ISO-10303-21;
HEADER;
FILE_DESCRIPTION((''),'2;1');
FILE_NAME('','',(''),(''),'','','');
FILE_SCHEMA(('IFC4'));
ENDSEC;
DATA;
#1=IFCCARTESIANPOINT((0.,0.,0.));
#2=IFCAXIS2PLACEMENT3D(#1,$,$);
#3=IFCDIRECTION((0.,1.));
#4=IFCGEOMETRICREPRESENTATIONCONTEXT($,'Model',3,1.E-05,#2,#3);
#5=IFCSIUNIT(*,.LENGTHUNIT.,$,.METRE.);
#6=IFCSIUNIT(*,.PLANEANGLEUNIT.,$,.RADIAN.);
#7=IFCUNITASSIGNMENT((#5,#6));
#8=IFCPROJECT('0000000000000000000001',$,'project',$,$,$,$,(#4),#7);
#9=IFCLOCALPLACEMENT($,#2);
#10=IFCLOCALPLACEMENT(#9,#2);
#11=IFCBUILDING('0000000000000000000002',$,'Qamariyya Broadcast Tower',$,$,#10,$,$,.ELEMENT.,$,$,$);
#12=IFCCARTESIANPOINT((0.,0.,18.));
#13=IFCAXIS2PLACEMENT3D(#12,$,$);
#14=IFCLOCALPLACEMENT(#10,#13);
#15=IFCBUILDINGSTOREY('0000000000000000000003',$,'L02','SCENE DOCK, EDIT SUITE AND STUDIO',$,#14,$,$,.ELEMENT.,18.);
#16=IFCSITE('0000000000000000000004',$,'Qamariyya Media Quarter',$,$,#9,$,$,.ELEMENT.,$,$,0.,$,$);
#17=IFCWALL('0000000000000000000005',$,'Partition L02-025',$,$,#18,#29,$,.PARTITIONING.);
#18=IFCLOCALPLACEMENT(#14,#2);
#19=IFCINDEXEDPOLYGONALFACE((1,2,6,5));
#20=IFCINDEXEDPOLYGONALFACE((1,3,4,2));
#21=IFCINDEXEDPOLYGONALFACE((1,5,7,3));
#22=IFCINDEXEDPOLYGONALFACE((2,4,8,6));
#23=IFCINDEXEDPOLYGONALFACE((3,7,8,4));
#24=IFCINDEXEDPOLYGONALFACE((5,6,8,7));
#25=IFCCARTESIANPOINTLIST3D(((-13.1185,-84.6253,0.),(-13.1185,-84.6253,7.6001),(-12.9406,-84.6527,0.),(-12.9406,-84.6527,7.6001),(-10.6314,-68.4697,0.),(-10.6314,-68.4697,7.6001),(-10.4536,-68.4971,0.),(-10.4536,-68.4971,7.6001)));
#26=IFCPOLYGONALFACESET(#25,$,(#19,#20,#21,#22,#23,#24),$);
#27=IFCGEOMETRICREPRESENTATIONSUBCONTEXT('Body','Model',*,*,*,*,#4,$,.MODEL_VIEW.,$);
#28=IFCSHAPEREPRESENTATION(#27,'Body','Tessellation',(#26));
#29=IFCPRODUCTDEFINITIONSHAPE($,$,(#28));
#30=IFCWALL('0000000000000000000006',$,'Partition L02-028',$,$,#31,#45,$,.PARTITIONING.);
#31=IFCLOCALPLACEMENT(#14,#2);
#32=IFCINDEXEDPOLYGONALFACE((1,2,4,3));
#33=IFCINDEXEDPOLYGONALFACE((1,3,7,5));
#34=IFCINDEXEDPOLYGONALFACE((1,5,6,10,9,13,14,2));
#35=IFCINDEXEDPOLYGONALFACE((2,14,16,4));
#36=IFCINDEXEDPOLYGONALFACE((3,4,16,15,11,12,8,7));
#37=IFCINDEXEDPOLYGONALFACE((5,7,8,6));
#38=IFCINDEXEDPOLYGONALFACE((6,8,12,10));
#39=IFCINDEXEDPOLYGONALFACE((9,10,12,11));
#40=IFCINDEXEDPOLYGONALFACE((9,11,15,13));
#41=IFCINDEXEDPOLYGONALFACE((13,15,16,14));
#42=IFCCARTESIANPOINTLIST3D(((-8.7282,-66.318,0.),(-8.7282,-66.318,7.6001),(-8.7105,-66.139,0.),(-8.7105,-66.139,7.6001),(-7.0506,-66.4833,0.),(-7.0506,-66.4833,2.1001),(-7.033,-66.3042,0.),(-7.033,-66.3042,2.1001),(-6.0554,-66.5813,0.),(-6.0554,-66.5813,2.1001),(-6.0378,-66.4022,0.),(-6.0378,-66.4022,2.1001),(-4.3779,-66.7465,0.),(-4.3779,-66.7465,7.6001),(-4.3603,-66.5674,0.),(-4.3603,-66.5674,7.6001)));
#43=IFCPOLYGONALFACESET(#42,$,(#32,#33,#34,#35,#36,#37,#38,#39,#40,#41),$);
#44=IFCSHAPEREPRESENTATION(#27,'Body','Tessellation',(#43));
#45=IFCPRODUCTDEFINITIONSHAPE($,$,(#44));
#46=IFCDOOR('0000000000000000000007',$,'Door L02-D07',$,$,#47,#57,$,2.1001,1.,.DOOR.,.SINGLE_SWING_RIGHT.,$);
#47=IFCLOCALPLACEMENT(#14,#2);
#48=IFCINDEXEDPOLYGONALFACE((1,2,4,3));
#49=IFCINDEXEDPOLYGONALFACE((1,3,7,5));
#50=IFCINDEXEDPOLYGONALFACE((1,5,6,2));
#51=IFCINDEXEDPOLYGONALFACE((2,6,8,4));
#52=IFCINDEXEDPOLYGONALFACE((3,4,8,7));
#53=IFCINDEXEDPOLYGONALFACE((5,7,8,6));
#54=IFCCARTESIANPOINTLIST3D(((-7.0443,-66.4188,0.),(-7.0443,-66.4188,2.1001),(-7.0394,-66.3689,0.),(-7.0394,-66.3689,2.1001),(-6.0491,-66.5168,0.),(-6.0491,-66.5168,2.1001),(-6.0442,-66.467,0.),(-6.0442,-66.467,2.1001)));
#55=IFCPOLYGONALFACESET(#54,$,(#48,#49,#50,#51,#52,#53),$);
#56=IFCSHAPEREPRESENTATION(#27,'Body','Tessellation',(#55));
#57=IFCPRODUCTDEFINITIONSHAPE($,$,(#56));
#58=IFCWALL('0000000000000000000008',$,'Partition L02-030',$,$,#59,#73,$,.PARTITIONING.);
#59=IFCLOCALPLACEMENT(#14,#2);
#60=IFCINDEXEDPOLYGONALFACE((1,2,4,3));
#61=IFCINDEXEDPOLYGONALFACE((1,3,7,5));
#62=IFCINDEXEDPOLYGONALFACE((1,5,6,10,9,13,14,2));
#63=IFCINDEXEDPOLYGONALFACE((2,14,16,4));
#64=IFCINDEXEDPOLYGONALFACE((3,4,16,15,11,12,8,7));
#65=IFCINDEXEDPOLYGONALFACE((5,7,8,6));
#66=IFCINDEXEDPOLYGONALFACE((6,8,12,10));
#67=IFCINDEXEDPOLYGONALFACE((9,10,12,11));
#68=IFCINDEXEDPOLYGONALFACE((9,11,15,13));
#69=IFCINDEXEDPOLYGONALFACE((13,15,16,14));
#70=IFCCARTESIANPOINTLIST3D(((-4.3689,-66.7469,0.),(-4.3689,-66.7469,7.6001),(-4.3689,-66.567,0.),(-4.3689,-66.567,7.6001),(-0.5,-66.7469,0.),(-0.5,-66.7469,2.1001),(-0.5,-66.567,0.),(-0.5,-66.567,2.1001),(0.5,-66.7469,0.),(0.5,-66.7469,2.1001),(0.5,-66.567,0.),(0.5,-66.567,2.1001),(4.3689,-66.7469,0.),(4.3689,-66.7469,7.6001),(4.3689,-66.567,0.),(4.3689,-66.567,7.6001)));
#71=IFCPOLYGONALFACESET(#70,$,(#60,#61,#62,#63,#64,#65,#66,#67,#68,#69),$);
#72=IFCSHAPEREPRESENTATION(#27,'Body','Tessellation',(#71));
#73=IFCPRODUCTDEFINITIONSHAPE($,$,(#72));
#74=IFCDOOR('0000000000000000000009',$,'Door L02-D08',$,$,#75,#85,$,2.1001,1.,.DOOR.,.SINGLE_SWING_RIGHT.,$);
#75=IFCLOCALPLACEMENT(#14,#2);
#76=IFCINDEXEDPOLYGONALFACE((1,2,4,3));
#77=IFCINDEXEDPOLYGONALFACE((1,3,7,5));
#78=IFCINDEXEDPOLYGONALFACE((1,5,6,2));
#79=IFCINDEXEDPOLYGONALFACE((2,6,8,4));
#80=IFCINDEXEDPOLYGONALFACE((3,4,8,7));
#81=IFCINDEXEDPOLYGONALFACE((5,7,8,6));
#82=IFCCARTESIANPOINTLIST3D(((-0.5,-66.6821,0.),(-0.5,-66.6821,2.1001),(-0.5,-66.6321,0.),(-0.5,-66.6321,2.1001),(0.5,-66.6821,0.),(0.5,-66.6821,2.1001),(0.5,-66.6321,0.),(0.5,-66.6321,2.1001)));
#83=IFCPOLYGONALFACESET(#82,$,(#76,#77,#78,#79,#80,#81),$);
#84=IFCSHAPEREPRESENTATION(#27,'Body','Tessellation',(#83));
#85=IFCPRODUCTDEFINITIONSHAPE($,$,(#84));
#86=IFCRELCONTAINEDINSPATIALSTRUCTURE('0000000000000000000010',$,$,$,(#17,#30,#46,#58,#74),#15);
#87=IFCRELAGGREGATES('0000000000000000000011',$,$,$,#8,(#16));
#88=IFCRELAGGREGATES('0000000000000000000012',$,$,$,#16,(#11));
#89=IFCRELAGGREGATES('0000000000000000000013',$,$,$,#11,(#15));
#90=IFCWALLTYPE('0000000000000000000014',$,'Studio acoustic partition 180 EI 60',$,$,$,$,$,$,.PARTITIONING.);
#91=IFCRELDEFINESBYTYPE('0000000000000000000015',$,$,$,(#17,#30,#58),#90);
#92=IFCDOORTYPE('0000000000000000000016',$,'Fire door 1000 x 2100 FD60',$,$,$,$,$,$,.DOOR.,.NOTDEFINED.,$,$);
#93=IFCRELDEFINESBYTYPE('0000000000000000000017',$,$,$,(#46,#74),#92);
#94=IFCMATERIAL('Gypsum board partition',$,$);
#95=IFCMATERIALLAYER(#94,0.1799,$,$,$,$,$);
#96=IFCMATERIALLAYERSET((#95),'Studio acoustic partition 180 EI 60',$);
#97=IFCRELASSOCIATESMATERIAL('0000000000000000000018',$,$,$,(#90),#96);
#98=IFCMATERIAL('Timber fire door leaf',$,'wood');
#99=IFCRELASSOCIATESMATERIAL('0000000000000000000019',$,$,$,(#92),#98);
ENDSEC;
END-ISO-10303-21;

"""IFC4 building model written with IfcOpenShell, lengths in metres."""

from ifc_helpers import new_model, si_unit, direction, frame, frame_2d, origin, place, context, subcontext, project, spatial, rectangle, extrude, material, layer, layer_set, type_object, element, fill, save


model = new_model("IFC4")

# Units and contexts
model_context = context("Model", 3, precision=1e-05, world=origin(), true_north=direction((0.0, 1.0)))
body_context = subcontext(model_context, "Body", "Model", "MODEL_VIEW")
ifc_project = project(units=[si_unit("LENGTHUNIT", "METRE"), si_unit("PLANEANGLEUNIT", "RADIAN")], contexts=[model_context])

# Site, building, storey
site_placement = place(None, origin())
site = spatial("IfcSite", under=ifc_project, at=site_placement, Name="Qamariyya Media Quarter", CompositionType="ELEMENT", RefElevation=0.0)
building_placement = place(site_placement, origin())
building = spatial("IfcBuilding", under=site, at=building_placement, Name="Qamariyya Broadcast Tower", CompositionType="ELEMENT")
storey_placement = place(building_placement, frame((0.0, 0.0, 18.0)))
storey = spatial("IfcBuildingStorey", under=building, at=storey_placement, Name="L02", Description="SCENE DOCK, EDIT SUITE AND STUDIO", CompositionType="ELEMENT", Elevation=18.0)

# Shared definitions
ifc_material_1 = material(Name="Gypsum board partition")
ifc_layer_1 = layer(ifc_material_1, 0.1799)
ifc_layer_set_1 = layer_set([ifc_layer_1], Name="Studio acoustic partition 180 EI 60")
wall_type_1 = type_object("IfcWallType", Name="Studio acoustic partition 180 EI 60", PredefinedType="PARTITIONING", material=ifc_layer_set_1)
ifc_material_2 = material(Name="Timber fire door leaf", Category="wood")
door_type_1 = type_object("IfcDoorType", Name="Fire door 1000 x 2100 FD60", OperationType="NOTDEFINED", PredefinedType="DOOR", material=ifc_material_2)

# Wall
wall_1_placement = place(storey_placement, frame((-13.0295, -84.6389, 0.0), z_axis=(0.0, 0.0, 1.0), x_axis=(0.152153, 0.988357, 0.0)))
element("IfcWall", 1, at=wall_1_placement, inside=storey, type_object=wall_type_1, Name="Partition L02-025", PredefinedType="PARTITIONING", context=body_context, shape_type="SweptSolid", body=[
    extrude(rectangle(XDim=16.3459, YDim=0.1799, at=frame_2d((8.1729, 0.0))), origin(), (0.0, 0.0, 1.0), 7.6001),
])

# Walls, openings, doors
wall_2_placement = place(storey_placement, frame((-8.7192, -66.2285, 0.0), z_axis=(0.0, 0.0, 1.0), x_axis=(0.995185, -0.098016, 0.0)))
wall_2 = element("IfcWall", 2, at=wall_2_placement, inside=storey, type_object=wall_type_1, Name="Partition L02-028", PredefinedType="PARTITIONING", context=body_context, shape_type="SweptSolid", body=[
    extrude(rectangle(XDim=4.3713, YDim=0.1799, at=frame_2d((2.1855, 0.0))), origin(), (0.0, 0.0, 1.0), 7.6001),
])
opening_1_placement = place(wall_2_placement, frame((1.6855, 0.0, 0.0)))
opening_1 = element("IfcOpeningElement", 3, at=opening_1_placement, cuts=wall_2, PredefinedType="OPENING", context=body_context, shape_type="SweptSolid", body=[
    extrude(rectangle(XDim=1.0, YDim=2.1001, at=frame_2d((0.5, 1.05))), frame((0.0, 0.0999, 0.0), z_axis=(0.0, -1.0, 0.0), x_axis=(1.0, 0.0, 0.0)), (0.0, 0.0, 1.0), 0.2),
])
door_1_placement = place(opening_1_placement, origin())
door_1 = element("IfcDoor", 4, at=door_1_placement, inside=storey, type_object=door_type_1, Name="Door L02-D07", OperationType="SINGLE_SWING_RIGHT", OverallHeight=2.1001, OverallWidth=1.0, PredefinedType="DOOR", context=body_context, shape_type="SweptSolid", body=[
    extrude(rectangle(XDim=1.0, YDim=2.1001, at=frame_2d((0.5, 1.05))), frame((0.0, 0.0249, 0.0), z_axis=(0.0, -1.0, 0.0), x_axis=(1.0, 0.0, 0.0)), (0.0, 0.0, 1.0), 0.05),
])
fill(opening_1, door_1)
wall_3_placement = place(storey_placement, frame((-4.3689, -66.657, 0.0), z_axis=(0.0, 0.0, 1.0), x_axis=(1.0, 0.0, 0.0)))
wall_3 = element("IfcWall", 5, at=wall_3_placement, inside=storey, type_object=wall_type_1, Name="Partition L02-030", PredefinedType="PARTITIONING", context=body_context, shape_type="SweptSolid", body=[
    extrude(rectangle(XDim=8.7378, YDim=0.1799, at=frame_2d((4.3689, 0.0))), origin(), (0.0, 0.0, 1.0), 7.6001),
])
opening_2_placement = place(wall_3_placement, frame((3.8689, 0.0, 0.0)))
opening_2 = element("IfcOpeningElement", 6, at=opening_2_placement, cuts=wall_3, PredefinedType="OPENING", context=body_context, shape_type="SweptSolid", body=[
    extrude(rectangle(XDim=1.0, YDim=2.1001, at=frame_2d((0.5, 1.05))), frame((0.0, 0.0999, 0.0), z_axis=(0.0, -1.0, 0.0), x_axis=(1.0, 0.0, 0.0)), (0.0, 0.0, 1.0), 0.2),
])
door_2_placement = place(opening_2_placement, origin())
door_2 = element("IfcDoor", 7, at=door_2_placement, inside=storey, type_object=door_type_1, Name="Door L02-D08", OperationType="SINGLE_SWING_RIGHT", OverallHeight=2.1001, OverallWidth=1.0, PredefinedType="DOOR", context=body_context, shape_type="SweptSolid", body=[
    extrude(rectangle(XDim=1.0, YDim=2.1001, at=frame_2d((0.5, 1.05))), frame((0.0, 0.0249, 0.0), z_axis=(0.0, -1.0, 0.0), x_axis=(1.0, 0.0, 0.0)), (0.0, 0.0, 1.0), 0.05),
])
fill(opening_2, door_2)

save(model, "model.ifc")
